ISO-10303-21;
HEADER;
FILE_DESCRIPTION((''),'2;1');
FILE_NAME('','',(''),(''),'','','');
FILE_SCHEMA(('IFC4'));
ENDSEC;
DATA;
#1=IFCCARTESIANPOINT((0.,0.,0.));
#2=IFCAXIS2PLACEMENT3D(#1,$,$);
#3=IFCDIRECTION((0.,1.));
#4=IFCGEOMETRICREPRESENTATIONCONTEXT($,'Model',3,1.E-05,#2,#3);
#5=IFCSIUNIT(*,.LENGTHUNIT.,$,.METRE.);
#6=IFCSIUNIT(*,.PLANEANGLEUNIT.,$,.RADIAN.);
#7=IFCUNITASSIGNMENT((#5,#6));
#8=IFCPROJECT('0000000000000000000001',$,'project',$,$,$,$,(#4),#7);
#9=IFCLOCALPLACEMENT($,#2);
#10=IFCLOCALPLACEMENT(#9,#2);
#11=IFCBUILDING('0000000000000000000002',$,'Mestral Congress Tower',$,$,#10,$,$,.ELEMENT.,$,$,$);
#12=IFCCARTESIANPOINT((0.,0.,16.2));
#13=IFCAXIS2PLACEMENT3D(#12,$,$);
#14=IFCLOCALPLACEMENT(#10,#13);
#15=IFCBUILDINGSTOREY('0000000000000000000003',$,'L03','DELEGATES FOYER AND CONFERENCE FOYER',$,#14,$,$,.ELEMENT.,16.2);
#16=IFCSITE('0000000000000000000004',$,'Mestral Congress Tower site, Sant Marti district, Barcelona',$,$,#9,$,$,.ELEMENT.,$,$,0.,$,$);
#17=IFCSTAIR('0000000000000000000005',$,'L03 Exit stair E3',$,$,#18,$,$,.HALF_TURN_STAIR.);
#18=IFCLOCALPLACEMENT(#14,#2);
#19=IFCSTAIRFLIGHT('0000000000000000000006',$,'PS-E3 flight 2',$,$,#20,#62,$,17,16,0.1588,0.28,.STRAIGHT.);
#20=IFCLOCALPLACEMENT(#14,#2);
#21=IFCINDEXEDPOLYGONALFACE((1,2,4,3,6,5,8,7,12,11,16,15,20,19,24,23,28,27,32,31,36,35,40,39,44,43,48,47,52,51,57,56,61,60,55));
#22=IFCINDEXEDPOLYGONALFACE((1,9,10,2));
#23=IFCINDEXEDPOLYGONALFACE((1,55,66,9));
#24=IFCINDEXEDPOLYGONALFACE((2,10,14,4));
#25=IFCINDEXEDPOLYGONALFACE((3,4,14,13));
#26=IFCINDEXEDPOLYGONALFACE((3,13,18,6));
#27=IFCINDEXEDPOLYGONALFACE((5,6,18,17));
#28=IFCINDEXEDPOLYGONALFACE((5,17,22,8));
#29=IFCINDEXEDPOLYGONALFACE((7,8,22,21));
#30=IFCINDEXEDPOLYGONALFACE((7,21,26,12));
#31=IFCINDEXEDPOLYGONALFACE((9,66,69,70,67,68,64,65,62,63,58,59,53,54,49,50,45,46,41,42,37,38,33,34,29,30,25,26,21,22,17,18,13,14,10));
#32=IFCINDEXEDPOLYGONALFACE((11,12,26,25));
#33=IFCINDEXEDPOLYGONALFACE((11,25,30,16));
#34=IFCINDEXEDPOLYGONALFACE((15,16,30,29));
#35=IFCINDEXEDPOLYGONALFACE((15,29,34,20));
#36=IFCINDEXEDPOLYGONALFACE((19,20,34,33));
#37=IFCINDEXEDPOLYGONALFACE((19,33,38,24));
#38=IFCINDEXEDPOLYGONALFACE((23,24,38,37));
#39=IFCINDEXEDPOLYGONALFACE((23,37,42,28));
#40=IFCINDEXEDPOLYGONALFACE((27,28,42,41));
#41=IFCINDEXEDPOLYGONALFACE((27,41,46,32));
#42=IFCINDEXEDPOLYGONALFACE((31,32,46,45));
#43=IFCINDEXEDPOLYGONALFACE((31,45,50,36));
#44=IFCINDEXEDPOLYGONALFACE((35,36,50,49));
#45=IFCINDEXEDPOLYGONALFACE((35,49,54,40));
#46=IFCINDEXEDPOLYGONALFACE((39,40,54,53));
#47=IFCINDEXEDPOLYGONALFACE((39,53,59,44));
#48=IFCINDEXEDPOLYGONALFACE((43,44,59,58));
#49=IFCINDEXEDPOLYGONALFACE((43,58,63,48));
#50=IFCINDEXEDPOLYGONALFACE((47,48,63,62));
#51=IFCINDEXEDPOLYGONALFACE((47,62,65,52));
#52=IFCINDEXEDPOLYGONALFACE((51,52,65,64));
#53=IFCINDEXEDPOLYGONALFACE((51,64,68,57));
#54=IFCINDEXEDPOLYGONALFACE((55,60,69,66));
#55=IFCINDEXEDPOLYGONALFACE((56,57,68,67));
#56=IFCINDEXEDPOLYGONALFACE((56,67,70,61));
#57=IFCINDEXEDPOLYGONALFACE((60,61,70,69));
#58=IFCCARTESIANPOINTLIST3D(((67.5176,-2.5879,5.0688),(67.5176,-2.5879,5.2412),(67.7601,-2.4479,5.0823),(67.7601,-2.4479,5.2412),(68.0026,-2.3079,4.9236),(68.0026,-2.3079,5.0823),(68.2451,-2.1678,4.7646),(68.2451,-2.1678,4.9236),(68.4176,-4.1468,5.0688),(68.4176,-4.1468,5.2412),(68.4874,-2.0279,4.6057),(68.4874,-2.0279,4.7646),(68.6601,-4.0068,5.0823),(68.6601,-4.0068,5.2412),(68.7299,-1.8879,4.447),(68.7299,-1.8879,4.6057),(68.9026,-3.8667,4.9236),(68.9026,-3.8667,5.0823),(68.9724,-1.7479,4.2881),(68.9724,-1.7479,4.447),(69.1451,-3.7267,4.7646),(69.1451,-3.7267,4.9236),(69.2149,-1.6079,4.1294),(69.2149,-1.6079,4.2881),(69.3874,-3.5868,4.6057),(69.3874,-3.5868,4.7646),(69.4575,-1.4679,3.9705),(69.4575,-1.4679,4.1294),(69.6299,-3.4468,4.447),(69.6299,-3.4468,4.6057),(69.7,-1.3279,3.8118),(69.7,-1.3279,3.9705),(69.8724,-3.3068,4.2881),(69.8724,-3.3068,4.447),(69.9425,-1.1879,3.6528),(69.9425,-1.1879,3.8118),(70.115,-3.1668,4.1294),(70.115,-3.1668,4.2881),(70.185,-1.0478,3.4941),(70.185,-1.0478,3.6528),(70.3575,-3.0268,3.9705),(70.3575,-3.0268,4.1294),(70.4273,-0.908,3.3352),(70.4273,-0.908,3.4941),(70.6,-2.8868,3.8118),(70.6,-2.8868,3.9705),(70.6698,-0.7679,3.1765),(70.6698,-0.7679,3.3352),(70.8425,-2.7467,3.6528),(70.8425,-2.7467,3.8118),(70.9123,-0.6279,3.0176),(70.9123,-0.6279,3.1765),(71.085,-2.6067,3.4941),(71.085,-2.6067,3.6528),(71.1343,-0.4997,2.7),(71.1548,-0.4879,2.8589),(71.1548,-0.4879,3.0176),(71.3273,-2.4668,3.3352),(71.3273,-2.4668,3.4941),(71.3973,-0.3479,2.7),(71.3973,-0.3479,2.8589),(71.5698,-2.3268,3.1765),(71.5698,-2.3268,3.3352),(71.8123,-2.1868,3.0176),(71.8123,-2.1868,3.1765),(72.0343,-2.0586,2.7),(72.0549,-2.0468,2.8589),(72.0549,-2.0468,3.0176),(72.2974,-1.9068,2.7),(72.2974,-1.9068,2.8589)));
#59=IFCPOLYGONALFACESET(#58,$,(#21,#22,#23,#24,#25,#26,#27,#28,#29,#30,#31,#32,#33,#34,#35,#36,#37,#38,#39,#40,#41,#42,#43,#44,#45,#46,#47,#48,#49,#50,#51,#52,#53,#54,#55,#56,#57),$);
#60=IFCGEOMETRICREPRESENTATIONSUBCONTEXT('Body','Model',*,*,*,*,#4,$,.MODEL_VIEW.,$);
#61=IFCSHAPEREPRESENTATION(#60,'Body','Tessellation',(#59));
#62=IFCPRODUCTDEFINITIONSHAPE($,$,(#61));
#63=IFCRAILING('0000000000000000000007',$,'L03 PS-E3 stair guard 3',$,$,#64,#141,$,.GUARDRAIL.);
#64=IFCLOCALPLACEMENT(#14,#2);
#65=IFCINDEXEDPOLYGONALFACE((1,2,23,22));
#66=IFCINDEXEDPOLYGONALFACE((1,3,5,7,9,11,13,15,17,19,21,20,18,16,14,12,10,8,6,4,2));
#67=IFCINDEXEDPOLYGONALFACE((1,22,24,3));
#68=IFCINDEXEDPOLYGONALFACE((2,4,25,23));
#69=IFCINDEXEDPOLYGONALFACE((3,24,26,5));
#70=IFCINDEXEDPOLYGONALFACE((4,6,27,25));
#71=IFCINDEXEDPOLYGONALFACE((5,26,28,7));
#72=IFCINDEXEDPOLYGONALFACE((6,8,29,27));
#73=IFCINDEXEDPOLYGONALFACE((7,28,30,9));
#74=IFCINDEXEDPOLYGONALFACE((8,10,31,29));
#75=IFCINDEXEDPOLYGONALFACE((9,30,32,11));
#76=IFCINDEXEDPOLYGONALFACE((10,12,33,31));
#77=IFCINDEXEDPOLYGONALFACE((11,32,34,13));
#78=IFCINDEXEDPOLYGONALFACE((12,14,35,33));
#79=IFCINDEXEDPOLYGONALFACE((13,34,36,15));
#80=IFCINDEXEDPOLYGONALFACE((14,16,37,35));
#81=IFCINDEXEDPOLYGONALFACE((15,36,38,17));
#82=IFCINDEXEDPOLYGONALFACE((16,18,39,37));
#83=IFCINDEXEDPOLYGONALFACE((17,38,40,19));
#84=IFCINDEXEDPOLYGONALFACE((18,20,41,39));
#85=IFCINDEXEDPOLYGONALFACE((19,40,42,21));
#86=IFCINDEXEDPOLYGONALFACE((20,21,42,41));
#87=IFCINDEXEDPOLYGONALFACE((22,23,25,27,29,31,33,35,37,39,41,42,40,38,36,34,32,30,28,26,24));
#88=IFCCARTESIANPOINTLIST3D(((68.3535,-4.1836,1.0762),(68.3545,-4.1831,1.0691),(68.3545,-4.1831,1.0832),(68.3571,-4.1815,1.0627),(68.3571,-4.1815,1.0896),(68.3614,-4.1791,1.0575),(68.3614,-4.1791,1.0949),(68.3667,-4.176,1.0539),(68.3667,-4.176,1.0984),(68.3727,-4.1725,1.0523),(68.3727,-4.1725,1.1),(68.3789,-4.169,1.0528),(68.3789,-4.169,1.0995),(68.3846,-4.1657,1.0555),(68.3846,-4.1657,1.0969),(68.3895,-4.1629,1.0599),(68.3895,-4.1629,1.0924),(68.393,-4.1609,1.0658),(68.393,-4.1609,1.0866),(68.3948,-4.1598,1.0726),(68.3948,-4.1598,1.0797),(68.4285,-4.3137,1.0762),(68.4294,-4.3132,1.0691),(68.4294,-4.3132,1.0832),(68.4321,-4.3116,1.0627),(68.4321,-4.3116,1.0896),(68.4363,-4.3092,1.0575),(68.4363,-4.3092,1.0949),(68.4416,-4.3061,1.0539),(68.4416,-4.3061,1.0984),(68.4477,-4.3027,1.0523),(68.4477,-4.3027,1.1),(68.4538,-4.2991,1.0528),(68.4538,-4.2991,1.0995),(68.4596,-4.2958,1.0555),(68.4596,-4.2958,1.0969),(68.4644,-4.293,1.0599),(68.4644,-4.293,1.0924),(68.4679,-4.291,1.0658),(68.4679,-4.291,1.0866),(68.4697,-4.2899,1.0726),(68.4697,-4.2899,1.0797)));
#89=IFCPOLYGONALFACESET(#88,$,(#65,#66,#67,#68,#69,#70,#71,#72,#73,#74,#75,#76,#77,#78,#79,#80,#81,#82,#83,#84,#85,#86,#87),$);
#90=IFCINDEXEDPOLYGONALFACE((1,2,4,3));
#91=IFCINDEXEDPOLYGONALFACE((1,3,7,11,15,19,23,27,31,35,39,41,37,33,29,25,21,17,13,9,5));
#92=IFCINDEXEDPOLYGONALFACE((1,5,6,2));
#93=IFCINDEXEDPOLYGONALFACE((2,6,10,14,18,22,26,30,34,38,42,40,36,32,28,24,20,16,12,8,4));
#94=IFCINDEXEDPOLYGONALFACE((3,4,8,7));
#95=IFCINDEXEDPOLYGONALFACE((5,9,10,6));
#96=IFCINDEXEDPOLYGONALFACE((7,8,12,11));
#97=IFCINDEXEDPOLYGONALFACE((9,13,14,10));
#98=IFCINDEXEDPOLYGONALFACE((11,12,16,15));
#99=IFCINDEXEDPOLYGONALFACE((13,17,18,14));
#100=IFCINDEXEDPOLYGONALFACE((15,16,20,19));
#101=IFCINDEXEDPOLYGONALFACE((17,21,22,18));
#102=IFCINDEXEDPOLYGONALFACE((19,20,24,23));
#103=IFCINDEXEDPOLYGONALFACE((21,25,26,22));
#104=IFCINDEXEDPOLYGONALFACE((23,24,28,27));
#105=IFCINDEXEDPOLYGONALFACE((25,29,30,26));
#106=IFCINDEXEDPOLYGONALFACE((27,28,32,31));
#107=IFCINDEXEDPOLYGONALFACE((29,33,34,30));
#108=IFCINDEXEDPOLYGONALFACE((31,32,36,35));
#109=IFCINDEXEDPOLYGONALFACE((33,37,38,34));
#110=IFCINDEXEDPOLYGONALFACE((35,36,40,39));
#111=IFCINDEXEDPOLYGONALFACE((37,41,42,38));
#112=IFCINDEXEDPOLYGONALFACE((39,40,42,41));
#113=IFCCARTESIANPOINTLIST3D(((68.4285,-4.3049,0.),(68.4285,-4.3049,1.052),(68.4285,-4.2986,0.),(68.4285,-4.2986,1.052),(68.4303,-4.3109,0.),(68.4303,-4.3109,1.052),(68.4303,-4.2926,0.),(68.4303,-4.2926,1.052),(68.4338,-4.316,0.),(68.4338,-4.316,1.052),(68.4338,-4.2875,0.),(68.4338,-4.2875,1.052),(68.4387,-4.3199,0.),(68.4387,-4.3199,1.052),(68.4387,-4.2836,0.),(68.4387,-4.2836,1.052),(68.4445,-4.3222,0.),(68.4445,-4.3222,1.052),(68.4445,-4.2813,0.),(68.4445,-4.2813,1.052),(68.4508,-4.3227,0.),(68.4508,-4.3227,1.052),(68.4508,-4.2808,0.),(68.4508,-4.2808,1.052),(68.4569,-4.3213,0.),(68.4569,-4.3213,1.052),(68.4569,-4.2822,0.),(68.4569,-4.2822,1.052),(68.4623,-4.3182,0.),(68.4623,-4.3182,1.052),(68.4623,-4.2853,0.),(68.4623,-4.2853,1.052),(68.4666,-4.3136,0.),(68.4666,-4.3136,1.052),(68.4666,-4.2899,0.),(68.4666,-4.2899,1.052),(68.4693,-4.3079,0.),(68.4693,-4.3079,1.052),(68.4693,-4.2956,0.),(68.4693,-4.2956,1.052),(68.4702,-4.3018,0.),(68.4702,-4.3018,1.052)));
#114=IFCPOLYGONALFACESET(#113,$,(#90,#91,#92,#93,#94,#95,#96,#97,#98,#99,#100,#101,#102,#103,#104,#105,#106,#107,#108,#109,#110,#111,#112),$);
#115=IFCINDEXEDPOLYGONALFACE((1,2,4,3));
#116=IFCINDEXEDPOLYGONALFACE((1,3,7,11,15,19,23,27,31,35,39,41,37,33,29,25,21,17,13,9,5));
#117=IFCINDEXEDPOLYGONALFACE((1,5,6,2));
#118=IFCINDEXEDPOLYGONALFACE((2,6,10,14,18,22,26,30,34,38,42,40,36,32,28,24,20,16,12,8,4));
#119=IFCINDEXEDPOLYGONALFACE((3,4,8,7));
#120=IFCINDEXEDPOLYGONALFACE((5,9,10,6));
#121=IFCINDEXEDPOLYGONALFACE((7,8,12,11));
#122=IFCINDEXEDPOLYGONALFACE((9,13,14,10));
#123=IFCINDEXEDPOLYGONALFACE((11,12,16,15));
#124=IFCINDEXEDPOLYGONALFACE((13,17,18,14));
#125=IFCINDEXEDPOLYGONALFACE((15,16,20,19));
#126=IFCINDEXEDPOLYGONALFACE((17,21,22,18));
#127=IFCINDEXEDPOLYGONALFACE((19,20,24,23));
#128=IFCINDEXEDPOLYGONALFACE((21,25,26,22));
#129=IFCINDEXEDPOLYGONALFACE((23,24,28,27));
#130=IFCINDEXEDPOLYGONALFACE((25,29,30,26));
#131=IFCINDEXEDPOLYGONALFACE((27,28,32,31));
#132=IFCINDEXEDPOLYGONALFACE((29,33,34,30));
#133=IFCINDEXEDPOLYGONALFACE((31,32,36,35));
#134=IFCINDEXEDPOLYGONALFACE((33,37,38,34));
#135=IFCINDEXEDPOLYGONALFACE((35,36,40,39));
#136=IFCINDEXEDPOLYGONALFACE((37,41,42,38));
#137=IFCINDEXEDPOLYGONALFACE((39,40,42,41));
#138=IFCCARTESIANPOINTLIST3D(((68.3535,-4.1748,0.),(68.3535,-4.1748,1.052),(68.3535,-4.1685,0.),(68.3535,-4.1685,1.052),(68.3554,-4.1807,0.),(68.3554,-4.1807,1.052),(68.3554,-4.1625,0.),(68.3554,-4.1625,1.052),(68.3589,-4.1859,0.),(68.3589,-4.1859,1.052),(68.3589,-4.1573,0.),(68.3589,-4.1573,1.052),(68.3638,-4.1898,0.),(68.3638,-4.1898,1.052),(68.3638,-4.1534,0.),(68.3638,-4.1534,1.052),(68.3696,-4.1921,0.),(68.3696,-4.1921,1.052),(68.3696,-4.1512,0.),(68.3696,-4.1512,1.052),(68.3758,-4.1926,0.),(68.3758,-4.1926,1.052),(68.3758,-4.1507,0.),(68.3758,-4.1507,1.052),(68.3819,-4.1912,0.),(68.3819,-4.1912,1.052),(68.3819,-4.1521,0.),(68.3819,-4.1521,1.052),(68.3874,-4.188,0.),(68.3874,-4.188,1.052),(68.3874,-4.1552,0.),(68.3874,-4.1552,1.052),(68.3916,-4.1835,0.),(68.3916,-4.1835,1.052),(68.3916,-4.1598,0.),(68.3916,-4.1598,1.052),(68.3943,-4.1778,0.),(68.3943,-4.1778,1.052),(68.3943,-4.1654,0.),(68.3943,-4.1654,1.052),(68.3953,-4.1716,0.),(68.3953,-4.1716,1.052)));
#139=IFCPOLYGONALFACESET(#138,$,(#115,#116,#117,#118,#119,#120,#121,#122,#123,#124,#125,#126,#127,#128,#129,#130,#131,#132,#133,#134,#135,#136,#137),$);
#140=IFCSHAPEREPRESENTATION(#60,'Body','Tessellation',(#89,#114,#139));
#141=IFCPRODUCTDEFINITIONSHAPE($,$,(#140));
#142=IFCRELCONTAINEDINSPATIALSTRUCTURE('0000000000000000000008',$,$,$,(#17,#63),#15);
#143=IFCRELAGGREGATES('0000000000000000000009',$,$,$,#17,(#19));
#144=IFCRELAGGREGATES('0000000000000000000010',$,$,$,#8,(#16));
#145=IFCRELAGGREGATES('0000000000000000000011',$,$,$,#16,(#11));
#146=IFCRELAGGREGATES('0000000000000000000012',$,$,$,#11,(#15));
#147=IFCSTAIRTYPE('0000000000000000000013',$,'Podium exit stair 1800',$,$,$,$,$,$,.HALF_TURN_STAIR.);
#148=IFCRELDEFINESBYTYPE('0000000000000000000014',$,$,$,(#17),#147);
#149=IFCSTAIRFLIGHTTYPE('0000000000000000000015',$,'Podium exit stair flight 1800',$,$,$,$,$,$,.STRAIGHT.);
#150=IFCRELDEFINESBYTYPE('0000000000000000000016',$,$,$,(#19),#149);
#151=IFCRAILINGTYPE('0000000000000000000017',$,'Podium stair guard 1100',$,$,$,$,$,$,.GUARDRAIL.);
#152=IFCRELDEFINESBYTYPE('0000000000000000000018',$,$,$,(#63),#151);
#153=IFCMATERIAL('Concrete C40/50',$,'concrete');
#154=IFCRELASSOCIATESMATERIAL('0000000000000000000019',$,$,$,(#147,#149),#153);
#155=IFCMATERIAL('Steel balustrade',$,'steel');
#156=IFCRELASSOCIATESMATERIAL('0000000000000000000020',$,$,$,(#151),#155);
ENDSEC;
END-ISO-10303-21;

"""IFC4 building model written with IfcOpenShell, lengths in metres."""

from ifc_helpers import new_model, si_unit, direction, frame, origin, origin_2d, place, context, subcontext, project, spatial, polyline, circle, outline, extrude, material, type_object, element, aggregate, save


model = new_model("IFC4")

# Units and contexts
model_context = context("Model", 3, precision=1e-05, world=origin(), true_north=direction((0.0, 1.0)))
body_context = subcontext(model_context, "Body", "Model", "MODEL_VIEW")
ifc_project = project(units=[si_unit("LENGTHUNIT", "METRE"), si_unit("PLANEANGLEUNIT", "RADIAN")], contexts=[model_context])

# Site, building, storey
site_placement = place(None, origin())
site = spatial("IfcSite", under=ifc_project, at=site_placement, Name="Mestral Congress Tower site, Sant Marti district, Barcelona", CompositionType="ELEMENT", RefElevation=0.0)
building_placement = place(site_placement, origin())
building = spatial("IfcBuilding", under=site, at=building_placement, Name="Mestral Congress Tower", CompositionType="ELEMENT")
storey_placement = place(building_placement, frame((0.0, 0.0, 16.2)))
storey = spatial("IfcBuildingStorey", under=building, at=storey_placement, Name="L03", Description="DELEGATES FOYER AND CONFERENCE FOYER", CompositionType="ELEMENT", Elevation=16.2)

# Stair, stair flight
ifc_material_1 = material(Name="Concrete C40/50", Category="concrete")
stair_type = type_object("IfcStairType", Name="Podium exit stair 1800", PredefinedType="HALF_TURN_STAIR", material=ifc_material_1)
stair_placement = place(storey_placement, origin())
stair = element("IfcStair", 1, at=stair_placement, inside=storey, type_object=stair_type, Name="L03 Exit stair E3", PredefinedType="HALF_TURN_STAIR")
stair_flight_type = type_object("IfcStairFlightType", Name="Podium exit stair flight 1800", PredefinedType="STRAIGHT", material=ifc_material_1)
stair_flight_1_placement = place(storey_placement, frame((71.8474, -1.1274, 2.7), z_axis=(0.0, 0.0, 1.0), x_axis=(-0.866025, -0.5, 0.0)))
stair_flight_1 = element("IfcStairFlight", 2, at=stair_flight_1_placement, type_object=stair_flight_type, Name="PS-E3 flight 2", NumberOfRisers=17, NumberOfTreads=16, PredefinedType="STRAIGHT", RiserHeight=0.1588, TreadLength=0.28, context=body_context, shape_type="SweptSolid", body=[
    extrude(outline(polyline([(0.0, 0.0), (0.0, 0.1589), (0.28, 0.1589), (0.28, 0.3176), (0.5601, 0.3176), (0.5601, 0.4766), (0.8401, 0.4766), (0.8401, 0.6353), (1.1201, 0.6353), (1.1201, 0.7942), (1.3999, 0.7942), (1.3999, 0.9529), (1.6799, 0.9529), (1.6799, 1.1118), (1.96, 1.1118), (1.96, 1.2705), (2.24, 1.2705), (2.24, 1.4294), (2.52, 1.4294), (2.52, 1.5881), (2.8, 1.5881), (2.8, 1.7471), (3.0801, 1.7471), (3.0801, 1.9058), (3.3601, 1.9058), (3.3601, 2.0647), (3.6399, 2.0647), (3.6399, 2.2236), (3.9199, 2.2236), (3.9199, 2.3823), (4.2, 2.3823), (4.2, 2.5413), (4.48, 2.5413), (4.48, 2.7), (4.48, 2.3689), (0.3037, 0.0), (0.0, 0.0)])), frame((0.0, 0.8999, 0.0), z_axis=(0.0, -1.0, 0.0), x_axis=(1.0, 0.0, 0.0)), (0.0, 0.0, 1.0), 1.8),
])
aggregate(stair, [stair_flight_1])

# Railing
ifc_material_2 = material(Name="Steel balustrade", Category="steel")
railing_type_1 = type_object("IfcRailingType", Name="Podium stair guard 1100", PredefinedType="GUARDRAIL", material=ifc_material_2)
railing_1_placement = place(storey_placement, frame((68.4492, -4.3018, 0.0)))
element("IfcRailing", 3, at=railing_1_placement, inside=storey, type_object=railing_type_1, Name="L03 PS-E3 stair guard 3", PredefinedType="GUARDRAIL", context=body_context, shape_type="SweptSolid", body=[
    extrude(circle(Radius=0.0239, at=origin_2d()), frame((0.0, 0.0, 1.0762), z_axis=(-0.499112, 0.866537, 0.0), x_axis=(-0.866537, -0.499112, 0.0)), (0.0, 0.0, 1.0), 0.1501),
    extrude(circle(Radius=0.021, at=origin_2d()), origin(), (0.0, 0.0, 1.0), 1.052),
    extrude(circle(Radius=0.021, at=origin_2d()), frame((-0.075, 0.1301, 0.0)), (0.0, 0.0, 1.0), 1.052),
])

save(model, "model.ifc")
